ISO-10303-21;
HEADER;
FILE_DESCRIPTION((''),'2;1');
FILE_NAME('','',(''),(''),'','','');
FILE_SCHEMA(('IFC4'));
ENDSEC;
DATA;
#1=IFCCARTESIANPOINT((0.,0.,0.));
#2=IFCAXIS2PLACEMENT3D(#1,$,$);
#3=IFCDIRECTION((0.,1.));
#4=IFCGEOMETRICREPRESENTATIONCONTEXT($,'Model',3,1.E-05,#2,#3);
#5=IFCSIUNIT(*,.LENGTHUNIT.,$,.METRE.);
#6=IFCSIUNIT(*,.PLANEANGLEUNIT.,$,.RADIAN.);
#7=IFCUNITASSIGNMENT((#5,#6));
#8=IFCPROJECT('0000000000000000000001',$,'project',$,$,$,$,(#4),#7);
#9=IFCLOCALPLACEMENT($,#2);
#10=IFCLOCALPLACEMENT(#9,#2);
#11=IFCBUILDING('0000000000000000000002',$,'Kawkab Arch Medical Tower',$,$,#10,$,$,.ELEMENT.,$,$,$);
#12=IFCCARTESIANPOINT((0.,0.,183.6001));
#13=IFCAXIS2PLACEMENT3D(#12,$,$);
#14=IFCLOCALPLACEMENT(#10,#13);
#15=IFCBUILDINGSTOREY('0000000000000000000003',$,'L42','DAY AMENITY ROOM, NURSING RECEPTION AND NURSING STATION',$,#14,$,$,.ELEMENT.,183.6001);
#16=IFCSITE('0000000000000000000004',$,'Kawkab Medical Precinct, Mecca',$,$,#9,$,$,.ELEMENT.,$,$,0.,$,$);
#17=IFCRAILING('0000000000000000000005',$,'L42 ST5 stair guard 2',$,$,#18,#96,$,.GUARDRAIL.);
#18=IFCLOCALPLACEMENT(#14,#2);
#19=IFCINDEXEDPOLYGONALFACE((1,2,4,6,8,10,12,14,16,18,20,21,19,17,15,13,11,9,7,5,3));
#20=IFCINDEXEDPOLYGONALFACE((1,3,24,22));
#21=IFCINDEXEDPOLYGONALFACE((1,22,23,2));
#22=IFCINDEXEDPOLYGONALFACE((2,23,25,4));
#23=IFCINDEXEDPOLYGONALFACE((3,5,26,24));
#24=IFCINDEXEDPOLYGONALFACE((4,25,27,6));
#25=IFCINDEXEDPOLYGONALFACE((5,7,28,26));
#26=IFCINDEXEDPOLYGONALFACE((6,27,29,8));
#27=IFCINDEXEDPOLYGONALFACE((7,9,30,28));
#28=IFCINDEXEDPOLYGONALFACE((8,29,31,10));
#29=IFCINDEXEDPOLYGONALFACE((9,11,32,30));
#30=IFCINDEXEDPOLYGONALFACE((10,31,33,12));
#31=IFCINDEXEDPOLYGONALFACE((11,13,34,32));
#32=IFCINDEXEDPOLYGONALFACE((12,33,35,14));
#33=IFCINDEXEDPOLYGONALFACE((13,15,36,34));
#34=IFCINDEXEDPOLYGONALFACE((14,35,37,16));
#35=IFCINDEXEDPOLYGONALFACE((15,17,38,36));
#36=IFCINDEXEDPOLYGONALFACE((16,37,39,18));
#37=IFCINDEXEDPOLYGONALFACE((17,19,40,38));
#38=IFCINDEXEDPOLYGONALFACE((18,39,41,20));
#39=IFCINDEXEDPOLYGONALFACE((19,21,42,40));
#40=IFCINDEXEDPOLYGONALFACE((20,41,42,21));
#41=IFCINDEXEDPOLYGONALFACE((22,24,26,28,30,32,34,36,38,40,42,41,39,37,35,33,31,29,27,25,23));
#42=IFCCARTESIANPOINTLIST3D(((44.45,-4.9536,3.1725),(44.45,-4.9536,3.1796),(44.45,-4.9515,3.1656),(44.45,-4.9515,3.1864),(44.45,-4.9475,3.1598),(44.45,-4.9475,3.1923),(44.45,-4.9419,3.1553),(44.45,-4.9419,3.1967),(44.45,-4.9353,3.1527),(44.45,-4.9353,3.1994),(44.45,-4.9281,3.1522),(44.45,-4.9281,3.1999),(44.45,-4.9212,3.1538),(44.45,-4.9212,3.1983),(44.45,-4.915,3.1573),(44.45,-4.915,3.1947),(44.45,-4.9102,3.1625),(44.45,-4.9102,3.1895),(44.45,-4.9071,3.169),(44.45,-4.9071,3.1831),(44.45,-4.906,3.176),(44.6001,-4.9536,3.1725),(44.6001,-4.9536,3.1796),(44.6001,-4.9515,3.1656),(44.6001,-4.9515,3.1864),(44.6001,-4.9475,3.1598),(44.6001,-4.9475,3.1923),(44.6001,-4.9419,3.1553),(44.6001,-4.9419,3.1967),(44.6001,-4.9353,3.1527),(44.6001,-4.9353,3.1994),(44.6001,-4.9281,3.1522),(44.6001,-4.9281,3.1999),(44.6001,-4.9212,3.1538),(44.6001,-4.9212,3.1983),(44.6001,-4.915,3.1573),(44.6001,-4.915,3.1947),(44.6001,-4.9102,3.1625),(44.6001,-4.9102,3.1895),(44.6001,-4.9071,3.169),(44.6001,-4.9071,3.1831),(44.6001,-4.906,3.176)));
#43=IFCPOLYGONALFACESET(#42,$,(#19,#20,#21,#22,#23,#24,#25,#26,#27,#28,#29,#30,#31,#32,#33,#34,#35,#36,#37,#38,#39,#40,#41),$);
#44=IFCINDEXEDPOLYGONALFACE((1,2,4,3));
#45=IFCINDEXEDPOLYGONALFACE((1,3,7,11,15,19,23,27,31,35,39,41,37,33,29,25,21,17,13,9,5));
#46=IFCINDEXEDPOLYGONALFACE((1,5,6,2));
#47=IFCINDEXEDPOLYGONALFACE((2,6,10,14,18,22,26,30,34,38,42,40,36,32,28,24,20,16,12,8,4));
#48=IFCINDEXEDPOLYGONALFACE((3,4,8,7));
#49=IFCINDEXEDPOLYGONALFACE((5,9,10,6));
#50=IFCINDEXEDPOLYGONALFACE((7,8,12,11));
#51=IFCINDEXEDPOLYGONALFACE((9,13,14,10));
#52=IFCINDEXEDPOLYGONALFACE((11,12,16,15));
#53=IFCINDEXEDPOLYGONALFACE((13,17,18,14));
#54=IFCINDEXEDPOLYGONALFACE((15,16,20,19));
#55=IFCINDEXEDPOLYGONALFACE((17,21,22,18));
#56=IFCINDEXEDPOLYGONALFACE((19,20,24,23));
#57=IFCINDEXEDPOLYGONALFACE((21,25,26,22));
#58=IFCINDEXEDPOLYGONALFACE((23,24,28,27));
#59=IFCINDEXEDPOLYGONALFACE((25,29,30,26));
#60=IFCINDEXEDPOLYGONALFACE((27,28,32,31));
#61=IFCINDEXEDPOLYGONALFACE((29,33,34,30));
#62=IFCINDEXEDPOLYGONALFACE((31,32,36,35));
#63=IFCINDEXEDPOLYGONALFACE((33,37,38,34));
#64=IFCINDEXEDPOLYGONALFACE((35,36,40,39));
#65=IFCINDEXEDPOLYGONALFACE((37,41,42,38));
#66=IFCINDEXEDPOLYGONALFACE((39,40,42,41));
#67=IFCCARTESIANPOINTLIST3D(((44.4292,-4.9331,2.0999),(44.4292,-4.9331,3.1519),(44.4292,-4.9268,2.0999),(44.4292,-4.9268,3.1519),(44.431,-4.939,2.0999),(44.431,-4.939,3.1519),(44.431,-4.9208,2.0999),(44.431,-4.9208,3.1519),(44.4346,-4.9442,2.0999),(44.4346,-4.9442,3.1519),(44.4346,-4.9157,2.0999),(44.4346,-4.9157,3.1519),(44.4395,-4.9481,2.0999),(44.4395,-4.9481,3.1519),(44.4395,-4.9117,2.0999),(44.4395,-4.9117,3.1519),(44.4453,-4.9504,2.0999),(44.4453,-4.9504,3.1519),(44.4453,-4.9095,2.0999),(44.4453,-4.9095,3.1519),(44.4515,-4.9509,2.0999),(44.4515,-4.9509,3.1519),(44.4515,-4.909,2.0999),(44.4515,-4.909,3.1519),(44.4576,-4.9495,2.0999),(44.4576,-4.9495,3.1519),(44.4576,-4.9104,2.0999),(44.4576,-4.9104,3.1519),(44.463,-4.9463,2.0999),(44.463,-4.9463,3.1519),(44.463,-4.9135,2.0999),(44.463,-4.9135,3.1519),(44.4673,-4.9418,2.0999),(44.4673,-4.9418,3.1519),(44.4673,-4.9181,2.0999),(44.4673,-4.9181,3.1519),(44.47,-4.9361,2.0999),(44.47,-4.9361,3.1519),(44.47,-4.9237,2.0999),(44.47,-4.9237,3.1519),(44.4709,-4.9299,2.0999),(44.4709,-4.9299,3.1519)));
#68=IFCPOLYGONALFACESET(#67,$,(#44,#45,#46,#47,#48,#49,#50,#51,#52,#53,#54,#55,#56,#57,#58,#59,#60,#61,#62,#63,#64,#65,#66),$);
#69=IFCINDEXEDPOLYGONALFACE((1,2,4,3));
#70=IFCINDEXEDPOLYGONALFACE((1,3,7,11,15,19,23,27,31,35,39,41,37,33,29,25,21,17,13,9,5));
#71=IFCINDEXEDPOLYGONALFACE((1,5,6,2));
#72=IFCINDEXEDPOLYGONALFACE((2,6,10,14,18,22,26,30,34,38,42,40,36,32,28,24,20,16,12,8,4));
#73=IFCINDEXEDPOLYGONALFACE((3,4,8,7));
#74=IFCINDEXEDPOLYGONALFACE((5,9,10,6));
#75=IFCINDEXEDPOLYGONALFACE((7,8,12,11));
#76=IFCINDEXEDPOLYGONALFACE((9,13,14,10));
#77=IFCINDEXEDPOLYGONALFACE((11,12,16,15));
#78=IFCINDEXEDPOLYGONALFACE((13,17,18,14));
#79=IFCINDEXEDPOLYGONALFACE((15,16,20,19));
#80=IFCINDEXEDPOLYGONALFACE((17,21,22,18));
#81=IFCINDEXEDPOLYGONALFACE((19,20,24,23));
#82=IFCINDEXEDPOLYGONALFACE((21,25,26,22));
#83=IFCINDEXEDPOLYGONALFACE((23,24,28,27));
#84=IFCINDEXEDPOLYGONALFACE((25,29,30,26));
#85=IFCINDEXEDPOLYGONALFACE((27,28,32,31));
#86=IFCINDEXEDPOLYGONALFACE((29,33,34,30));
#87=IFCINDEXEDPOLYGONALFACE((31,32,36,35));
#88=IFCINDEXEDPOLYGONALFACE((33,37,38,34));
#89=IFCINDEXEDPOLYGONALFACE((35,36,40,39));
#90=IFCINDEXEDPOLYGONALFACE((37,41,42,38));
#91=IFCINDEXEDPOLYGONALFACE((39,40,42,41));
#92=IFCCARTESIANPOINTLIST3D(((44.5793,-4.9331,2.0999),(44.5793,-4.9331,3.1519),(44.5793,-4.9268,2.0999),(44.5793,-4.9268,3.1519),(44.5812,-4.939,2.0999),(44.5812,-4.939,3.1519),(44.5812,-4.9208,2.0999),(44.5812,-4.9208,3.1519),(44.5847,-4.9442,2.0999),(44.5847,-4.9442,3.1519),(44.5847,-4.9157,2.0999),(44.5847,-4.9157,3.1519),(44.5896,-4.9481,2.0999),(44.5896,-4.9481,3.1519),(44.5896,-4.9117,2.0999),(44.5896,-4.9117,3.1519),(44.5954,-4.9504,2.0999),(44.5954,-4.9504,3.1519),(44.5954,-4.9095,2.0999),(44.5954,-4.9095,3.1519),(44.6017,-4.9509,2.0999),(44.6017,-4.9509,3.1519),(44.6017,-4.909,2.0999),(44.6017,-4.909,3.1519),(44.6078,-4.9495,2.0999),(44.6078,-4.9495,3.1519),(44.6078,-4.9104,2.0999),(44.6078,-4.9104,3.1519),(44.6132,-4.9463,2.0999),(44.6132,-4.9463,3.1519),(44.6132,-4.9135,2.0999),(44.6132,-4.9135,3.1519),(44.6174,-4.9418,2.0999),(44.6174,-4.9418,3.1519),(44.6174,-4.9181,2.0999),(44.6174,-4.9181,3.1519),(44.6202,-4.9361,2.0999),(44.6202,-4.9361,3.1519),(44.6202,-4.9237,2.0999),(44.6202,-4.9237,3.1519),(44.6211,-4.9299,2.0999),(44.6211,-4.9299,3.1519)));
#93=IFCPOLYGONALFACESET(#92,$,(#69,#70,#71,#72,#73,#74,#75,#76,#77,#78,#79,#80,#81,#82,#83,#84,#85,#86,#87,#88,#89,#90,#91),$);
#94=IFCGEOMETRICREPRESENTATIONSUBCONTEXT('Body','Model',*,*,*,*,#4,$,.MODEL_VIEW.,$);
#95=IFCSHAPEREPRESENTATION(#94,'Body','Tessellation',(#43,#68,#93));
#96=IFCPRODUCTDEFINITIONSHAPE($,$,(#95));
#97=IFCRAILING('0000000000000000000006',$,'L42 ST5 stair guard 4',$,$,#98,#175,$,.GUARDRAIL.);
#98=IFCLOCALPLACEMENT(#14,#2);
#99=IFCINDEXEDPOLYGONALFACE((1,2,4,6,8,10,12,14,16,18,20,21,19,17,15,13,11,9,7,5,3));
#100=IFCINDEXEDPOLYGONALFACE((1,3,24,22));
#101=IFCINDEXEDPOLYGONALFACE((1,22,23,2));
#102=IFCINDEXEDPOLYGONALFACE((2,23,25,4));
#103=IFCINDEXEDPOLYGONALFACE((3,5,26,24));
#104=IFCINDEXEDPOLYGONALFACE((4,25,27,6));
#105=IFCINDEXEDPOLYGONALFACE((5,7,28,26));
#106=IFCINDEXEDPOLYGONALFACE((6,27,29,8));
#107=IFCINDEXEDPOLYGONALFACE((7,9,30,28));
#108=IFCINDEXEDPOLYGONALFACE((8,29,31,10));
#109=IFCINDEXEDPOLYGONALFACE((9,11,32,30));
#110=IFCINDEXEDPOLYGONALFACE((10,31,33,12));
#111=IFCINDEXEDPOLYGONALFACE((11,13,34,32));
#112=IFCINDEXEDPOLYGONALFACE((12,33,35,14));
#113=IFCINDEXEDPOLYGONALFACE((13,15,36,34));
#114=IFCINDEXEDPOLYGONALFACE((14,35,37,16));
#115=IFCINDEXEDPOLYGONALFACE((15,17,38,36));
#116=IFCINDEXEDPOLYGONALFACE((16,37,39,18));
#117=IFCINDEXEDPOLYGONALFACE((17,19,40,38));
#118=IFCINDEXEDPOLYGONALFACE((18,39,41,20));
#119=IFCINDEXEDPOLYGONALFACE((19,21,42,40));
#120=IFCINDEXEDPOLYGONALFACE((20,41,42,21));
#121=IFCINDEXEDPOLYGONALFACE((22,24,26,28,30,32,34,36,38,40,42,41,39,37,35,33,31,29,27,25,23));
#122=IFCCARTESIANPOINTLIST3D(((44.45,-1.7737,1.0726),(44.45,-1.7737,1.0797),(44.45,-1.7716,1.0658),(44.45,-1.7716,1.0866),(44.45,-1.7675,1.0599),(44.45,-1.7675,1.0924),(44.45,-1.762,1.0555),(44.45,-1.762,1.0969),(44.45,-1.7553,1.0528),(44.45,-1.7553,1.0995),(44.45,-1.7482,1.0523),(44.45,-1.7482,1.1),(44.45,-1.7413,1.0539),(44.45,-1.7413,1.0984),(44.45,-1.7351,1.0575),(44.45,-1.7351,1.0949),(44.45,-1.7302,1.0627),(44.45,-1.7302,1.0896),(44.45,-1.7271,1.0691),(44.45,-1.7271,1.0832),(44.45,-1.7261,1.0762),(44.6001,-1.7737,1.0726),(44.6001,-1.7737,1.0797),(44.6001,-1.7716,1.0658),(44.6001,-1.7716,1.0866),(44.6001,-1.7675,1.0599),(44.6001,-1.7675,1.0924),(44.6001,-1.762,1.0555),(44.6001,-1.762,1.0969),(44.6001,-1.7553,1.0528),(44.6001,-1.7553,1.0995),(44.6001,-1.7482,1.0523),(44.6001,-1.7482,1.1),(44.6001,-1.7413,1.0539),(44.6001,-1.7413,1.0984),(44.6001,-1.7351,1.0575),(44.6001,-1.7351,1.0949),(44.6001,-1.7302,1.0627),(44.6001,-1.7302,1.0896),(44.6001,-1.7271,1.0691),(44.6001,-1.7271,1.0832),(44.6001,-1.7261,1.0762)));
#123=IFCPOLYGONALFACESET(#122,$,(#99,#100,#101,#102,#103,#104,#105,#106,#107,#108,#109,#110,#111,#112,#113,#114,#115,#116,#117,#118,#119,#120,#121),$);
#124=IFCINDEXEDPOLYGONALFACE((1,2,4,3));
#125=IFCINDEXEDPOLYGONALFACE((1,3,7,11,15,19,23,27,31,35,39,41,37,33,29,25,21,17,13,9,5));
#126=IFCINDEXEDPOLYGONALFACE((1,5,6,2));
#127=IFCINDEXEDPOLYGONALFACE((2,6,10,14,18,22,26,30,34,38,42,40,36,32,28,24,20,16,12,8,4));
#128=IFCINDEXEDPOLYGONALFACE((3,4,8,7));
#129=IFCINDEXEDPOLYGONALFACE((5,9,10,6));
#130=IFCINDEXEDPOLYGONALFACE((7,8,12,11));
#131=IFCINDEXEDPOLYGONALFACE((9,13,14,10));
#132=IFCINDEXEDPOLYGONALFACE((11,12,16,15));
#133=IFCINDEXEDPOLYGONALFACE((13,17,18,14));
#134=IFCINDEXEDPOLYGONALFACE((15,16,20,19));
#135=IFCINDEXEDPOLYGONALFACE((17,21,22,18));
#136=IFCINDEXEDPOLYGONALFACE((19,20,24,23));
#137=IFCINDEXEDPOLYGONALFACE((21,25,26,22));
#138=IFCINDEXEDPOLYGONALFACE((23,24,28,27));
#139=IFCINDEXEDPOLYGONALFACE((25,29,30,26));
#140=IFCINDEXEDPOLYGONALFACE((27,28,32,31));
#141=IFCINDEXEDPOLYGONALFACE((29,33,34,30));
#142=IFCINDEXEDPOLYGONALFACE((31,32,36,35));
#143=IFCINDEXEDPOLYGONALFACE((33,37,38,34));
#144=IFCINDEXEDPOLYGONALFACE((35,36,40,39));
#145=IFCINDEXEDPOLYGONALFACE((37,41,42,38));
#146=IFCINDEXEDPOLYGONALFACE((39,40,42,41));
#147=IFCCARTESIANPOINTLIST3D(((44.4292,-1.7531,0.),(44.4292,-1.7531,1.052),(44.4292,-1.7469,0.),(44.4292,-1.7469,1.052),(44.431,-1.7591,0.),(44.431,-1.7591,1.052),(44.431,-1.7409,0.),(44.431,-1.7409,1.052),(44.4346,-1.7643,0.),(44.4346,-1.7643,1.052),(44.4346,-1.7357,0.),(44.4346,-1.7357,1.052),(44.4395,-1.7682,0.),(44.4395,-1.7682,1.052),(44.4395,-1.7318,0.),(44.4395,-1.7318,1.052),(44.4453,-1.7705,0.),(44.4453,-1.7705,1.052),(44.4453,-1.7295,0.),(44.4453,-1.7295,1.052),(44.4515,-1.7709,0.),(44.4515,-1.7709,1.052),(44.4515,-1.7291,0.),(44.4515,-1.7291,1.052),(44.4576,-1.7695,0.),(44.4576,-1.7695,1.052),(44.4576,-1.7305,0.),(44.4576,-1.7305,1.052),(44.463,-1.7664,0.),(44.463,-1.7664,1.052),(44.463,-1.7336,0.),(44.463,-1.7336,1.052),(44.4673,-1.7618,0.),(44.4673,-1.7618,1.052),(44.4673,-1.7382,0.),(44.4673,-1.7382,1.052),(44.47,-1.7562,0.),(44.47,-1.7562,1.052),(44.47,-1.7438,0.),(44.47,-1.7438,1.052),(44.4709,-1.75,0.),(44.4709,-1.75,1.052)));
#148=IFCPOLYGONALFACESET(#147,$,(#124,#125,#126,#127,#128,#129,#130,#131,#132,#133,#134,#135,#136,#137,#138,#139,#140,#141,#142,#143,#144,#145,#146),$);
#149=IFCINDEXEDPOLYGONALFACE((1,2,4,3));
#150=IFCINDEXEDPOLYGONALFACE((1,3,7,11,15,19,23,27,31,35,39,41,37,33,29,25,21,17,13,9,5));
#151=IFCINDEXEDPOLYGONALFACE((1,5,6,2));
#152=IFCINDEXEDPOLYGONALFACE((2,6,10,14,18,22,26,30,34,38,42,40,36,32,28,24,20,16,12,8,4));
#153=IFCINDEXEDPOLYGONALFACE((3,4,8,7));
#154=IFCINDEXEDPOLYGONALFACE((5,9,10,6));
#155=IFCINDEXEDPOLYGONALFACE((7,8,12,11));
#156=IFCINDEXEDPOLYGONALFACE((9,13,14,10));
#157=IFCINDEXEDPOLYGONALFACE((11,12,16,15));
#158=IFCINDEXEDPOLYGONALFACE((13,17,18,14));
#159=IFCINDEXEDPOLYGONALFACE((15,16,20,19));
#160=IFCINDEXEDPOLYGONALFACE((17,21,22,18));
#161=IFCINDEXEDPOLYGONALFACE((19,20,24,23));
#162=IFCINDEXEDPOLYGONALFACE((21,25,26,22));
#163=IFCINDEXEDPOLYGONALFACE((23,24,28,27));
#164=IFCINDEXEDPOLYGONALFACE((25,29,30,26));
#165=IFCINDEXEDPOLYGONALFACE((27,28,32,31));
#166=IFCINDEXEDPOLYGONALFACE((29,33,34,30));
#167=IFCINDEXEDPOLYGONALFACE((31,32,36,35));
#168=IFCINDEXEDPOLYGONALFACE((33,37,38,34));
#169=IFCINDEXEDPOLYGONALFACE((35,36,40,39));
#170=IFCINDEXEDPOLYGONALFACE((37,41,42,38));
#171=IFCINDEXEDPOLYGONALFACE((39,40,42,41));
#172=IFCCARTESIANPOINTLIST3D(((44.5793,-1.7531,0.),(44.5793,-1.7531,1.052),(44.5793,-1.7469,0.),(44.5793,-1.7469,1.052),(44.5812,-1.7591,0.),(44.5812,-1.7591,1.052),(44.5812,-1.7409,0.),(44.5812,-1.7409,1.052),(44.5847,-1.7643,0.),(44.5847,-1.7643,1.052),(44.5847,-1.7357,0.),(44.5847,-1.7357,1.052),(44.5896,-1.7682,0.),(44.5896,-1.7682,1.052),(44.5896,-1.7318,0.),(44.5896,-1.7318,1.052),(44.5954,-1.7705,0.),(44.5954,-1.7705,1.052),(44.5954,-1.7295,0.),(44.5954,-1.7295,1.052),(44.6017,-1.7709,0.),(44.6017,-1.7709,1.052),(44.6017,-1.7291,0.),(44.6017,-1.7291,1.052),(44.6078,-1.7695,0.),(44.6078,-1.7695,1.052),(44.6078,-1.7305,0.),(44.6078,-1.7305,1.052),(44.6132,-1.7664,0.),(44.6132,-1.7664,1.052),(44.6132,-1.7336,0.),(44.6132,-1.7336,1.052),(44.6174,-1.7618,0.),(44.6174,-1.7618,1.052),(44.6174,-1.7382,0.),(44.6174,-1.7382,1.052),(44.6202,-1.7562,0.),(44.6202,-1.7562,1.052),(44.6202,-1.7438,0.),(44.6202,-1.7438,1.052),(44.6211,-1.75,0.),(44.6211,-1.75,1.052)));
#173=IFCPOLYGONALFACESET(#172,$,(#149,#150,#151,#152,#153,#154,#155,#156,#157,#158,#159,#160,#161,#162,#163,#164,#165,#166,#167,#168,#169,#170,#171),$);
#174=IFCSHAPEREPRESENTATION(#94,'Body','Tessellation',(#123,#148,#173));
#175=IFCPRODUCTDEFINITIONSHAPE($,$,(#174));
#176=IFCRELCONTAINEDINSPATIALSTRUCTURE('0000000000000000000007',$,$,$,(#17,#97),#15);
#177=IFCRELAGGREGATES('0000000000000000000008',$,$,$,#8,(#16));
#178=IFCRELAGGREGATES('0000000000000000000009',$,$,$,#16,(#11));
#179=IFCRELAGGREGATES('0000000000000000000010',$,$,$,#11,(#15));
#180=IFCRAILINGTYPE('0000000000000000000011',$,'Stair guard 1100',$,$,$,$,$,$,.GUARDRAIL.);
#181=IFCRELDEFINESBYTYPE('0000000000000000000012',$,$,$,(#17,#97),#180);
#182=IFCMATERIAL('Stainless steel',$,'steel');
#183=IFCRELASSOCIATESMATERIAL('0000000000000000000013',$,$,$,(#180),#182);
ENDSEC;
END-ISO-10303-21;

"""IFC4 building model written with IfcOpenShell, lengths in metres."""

from ifc_helpers import new_model, si_unit, direction, frame, origin, origin_2d, place, context, subcontext, project, spatial, circle, extrude, material, type_object, element, save


model = new_model("IFC4")

# Units and contexts
model_context = context("Model", 3, precision=1e-05, world=origin(), true_north=direction((0.0, 1.0)))
body_context = subcontext(model_context, "Body", "Model", "MODEL_VIEW")
ifc_project = project(units=[si_unit("LENGTHUNIT", "METRE"), si_unit("PLANEANGLEUNIT", "RADIAN")], contexts=[model_context])

# Site, building, storey
site_placement = place(None, origin())
site = spatial("IfcSite", under=ifc_project, at=site_placement, Name="Kawkab Medical Precinct, Mecca", CompositionType="ELEMENT", RefElevation=0.0)
building_placement = place(site_placement, origin())
building = spatial("IfcBuilding", under=site, at=building_placement, Name="Kawkab Arch Medical Tower", CompositionType="ELEMENT")
storey_placement = place(building_placement, frame((0.0, 0.0, 183.6001)))
storey = spatial("IfcBuildingStorey", under=building, at=storey_placement, Name="L42", Description="DAY AMENITY ROOM, NURSING RECEPTION AND NURSING STATION", CompositionType="ELEMENT", Elevation=183.6001)

# Railings
ifc_material_1 = material(Name="Stainless steel", Category="steel")
railing_type = type_object("IfcRailingType", Name="Stair guard 1100", PredefinedType="GUARDRAIL", material=ifc_material_1)
for number, where, name in (
    (1, (44.45, -4.9299, 2.0999), "L42 ST5 stair guard 2"),
    (2, (44.45, -1.75, 0.0), "L42 ST5 stair guard 4"),
):
    element("IfcRailing", number, at=place(storey_placement, frame(where)), inside=storey, type_object=railing_type, Name=name, PredefinedType="GUARDRAIL", context=body_context, shape_type="SweptSolid", body=[
        extrude(circle(Radius=0.0239, at=origin_2d()), frame((0.0, 0.0, 1.0762), z_axis=(1.0, 0.0, 0.0), x_axis=(0.0, 1.0, 0.0)), (0.0, 0.0, 1.0), 0.1501),
        extrude(circle(Radius=0.021, at=origin_2d()), origin(), (0.0, 0.0, 1.0), 1.052),
        extrude(circle(Radius=0.021, at=origin_2d()), frame((0.1501, 0.0, 0.0)), (0.0, 0.0, 1.0), 1.052),
    ])

save(model, "model.ifc")
